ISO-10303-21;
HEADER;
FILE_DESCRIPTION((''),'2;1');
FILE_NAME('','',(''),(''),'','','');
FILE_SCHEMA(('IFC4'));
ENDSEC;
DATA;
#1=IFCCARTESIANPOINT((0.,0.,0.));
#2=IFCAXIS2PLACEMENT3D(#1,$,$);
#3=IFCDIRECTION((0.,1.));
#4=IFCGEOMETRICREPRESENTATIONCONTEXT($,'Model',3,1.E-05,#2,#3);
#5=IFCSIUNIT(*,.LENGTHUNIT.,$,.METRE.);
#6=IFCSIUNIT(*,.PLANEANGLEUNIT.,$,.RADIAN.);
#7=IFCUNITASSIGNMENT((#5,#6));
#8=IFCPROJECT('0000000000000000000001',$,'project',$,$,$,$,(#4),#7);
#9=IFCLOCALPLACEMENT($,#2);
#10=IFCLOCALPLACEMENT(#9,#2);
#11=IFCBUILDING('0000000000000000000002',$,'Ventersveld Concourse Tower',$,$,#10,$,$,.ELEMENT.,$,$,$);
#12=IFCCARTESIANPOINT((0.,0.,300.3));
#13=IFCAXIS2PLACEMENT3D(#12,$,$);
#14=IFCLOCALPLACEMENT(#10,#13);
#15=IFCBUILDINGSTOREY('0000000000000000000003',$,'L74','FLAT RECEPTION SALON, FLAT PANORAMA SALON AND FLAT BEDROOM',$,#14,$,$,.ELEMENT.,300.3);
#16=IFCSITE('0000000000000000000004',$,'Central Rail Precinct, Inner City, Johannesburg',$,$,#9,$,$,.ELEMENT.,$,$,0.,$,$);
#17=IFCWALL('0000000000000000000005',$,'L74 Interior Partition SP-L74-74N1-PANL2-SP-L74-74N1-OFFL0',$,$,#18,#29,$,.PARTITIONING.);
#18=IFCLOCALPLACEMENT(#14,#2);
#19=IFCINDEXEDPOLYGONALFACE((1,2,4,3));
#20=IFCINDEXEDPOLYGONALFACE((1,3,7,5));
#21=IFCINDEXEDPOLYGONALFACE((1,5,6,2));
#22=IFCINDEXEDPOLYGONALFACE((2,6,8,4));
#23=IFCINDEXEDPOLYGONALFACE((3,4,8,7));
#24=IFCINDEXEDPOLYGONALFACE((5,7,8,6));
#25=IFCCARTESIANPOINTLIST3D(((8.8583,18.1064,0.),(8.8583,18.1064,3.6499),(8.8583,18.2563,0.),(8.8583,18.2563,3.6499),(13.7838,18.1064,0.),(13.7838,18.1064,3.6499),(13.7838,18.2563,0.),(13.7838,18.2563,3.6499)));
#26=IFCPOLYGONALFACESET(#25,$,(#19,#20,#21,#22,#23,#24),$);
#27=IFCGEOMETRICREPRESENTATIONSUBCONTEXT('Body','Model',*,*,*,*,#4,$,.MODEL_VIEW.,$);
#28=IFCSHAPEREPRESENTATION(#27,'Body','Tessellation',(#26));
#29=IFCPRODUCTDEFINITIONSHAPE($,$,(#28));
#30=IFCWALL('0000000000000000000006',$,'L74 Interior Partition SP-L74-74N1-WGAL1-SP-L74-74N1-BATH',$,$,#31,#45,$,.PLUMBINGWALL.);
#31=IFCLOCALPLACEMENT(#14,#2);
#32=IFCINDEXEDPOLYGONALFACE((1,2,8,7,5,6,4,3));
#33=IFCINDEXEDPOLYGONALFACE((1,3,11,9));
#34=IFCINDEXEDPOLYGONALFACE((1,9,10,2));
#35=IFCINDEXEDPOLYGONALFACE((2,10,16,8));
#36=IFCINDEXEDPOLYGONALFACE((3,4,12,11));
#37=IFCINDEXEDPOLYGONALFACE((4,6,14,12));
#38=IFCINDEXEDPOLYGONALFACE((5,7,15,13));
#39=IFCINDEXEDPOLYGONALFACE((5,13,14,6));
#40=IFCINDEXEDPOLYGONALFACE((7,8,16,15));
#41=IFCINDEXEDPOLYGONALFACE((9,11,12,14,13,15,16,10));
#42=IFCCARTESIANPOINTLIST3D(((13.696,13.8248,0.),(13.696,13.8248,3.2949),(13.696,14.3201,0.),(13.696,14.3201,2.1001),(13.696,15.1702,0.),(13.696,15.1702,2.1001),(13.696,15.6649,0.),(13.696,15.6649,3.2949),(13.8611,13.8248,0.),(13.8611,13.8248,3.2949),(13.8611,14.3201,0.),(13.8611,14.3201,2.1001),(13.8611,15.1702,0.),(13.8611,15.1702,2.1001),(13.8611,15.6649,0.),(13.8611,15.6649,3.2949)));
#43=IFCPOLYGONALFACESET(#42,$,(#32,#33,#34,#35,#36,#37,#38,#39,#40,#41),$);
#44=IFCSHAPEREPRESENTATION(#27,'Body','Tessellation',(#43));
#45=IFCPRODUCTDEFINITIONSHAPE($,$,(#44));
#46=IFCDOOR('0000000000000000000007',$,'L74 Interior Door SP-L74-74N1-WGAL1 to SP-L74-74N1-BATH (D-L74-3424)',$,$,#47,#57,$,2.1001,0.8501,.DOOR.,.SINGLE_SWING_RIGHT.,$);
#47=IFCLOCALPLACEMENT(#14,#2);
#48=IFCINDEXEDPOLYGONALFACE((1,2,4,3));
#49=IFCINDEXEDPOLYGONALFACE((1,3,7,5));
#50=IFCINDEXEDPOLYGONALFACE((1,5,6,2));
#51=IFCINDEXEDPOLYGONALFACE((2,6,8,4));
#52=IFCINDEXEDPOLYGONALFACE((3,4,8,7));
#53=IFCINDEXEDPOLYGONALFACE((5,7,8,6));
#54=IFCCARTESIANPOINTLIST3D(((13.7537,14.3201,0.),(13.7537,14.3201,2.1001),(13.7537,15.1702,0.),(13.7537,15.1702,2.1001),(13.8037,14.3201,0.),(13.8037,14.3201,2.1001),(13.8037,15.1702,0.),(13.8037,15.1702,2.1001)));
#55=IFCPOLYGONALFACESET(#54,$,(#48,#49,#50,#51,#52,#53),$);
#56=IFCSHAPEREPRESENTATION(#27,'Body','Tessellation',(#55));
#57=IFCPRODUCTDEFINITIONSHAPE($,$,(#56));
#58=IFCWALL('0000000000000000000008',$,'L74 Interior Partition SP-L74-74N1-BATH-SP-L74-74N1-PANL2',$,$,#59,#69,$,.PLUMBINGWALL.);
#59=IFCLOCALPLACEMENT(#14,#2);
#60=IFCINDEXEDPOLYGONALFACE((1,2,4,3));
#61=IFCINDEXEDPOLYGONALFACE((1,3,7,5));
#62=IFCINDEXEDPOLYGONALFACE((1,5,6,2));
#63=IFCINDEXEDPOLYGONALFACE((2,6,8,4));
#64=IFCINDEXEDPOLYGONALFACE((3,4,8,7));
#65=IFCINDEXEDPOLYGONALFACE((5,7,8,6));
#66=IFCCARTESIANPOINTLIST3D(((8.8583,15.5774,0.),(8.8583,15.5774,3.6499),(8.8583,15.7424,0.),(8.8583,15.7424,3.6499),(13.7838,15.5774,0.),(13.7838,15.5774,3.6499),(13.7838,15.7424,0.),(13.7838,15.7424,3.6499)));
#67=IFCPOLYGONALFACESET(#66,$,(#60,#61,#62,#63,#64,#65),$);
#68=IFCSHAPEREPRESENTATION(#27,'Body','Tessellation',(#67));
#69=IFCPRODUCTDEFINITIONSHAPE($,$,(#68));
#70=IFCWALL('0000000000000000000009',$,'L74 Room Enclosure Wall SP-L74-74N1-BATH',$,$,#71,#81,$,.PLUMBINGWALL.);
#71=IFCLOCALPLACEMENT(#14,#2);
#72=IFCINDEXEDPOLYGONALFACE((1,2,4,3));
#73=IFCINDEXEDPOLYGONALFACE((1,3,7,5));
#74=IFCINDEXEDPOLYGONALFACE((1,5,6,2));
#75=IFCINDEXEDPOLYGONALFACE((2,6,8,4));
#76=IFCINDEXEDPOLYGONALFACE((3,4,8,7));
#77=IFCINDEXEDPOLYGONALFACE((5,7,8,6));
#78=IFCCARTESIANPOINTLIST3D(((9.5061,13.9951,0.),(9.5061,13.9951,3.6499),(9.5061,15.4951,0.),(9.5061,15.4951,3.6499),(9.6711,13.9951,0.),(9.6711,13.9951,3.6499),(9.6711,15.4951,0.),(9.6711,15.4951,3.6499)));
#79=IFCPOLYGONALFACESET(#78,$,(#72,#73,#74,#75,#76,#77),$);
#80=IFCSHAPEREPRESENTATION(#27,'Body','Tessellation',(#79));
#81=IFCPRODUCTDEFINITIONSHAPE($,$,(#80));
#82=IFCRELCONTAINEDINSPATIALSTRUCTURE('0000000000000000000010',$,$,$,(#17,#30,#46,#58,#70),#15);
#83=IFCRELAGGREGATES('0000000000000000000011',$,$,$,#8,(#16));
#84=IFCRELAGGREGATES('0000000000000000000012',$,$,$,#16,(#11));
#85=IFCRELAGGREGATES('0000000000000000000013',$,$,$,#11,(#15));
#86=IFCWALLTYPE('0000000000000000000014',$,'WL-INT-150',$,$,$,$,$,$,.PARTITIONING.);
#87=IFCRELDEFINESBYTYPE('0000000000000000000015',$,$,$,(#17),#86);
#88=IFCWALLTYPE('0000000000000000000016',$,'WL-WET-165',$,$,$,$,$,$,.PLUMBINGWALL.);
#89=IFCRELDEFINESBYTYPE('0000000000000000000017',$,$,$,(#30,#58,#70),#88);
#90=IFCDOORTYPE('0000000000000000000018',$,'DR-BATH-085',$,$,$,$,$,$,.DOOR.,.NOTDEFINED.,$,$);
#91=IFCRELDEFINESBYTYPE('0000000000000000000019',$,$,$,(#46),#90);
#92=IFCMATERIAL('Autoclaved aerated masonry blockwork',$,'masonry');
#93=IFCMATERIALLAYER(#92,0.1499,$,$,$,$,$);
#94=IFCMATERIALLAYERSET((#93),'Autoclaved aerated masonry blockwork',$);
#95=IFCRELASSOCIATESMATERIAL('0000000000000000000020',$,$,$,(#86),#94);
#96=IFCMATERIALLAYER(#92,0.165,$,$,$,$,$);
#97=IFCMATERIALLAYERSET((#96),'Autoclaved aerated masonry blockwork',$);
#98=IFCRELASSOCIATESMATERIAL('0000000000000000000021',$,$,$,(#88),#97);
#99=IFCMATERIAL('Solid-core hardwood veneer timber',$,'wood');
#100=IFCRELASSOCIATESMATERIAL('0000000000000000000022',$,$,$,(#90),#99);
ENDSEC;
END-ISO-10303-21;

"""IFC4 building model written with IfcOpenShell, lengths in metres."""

from ifc_helpers import new_model, si_unit, direction, frame, frame_2d, origin, place, context, subcontext, project, spatial, rectangle, extrude, material, layer, layer_set, type_object, element, fill, save


model = new_model("IFC4")

# Units and contexts
model_context = context("Model", 3, precision=1e-05, world=origin(), true_north=direction((0.0, 1.0)))
body_context = subcontext(model_context, "Body", "Model", "MODEL_VIEW")
ifc_project = project(units=[si_unit("LENGTHUNIT", "METRE"), si_unit("PLANEANGLEUNIT", "RADIAN")], contexts=[model_context])

# Site, building, storey
site_placement = place(None, origin())
site = spatial("IfcSite", under=ifc_project, at=site_placement, Name="Central Rail Precinct, Inner City, Johannesburg", CompositionType="ELEMENT", RefElevation=0.0)
building_placement = place(site_placement, origin())
building = spatial("IfcBuilding", under=site, at=building_placement, Name="Ventersveld Concourse Tower", CompositionType="ELEMENT")
storey_placement = place(building_placement, frame((0.0, 0.0, 300.3)))
storey = spatial("IfcBuildingStorey", under=building, at=storey_placement, Name="L74", Description="FLAT RECEPTION SALON, FLAT PANORAMA SALON AND FLAT BEDROOM", CompositionType="ELEMENT", Elevation=300.3)

# Shared definitions
ifc_material_1 = material(Name="Solid-core hardwood veneer timber", Category="wood")

# Shared definitions
ifc_material_2 = material(Name="Autoclaved aerated masonry blockwork", Category="masonry")
ifc_layer_1 = layer(ifc_material_2, 0.1499)
ifc_layer_set_1 = layer_set([ifc_layer_1], Name="Autoclaved aerated masonry blockwork")
wall_type_1 = type_object("IfcWallType", Name="WL-INT-150", PredefinedType="PARTITIONING", material=ifc_layer_set_1)

# Wall
wall_1_placement = place(storey_placement, frame((8.8582, 18.1814, 0.0), z_axis=(0.0, 0.0, 1.0), x_axis=(1.0, 0.0, 0.0)))
element("IfcWall", 1, at=wall_1_placement, inside=storey, type_object=wall_type_1, Name="L74 Interior Partition SP-L74-74N1-PANL2-SP-L74-74N1-OFFL0", PredefinedType="PARTITIONING", context=body_context, shape_type="SweptSolid", body=[
    extrude(rectangle(XDim=4.9255, YDim=0.1499, at=frame_2d((2.4629, 0.0))), origin(), (0.0, 0.0, 1.0), 3.6499),
])

# Wall, opening, door
ifc_layer_2 = layer(ifc_material_2, 0.165)
ifc_layer_set_2 = layer_set([ifc_layer_2], Name="Autoclaved aerated masonry blockwork")
wall_type_2 = type_object("IfcWallType", Name="WL-WET-165", PredefinedType="PLUMBINGWALL", material=ifc_layer_set_2)
wall_2_placement = place(storey_placement, frame((13.7786, 13.825, 0.0), z_axis=(0.0, 0.0, 1.0), x_axis=(0.0, 1.0, 0.0)))
wall_2 = element("IfcWall", 2, at=wall_2_placement, inside=storey, type_object=wall_type_2, Name="L74 Interior Partition SP-L74-74N1-WGAL1-SP-L74-74N1-BATH", PredefinedType="PLUMBINGWALL", context=body_context, shape_type="SweptSolid", body=[
    extrude(rectangle(XDim=1.8401, YDim=0.165, at=frame_2d((0.9199, 0.0))), origin(), (0.0, 0.0, 1.0), 3.2949),
])
opening_1_placement = place(wall_2_placement, frame((0.4951, 0.0, 0.0)))
opening_1 = element("IfcOpeningElement", 3, at=opening_1_placement, cuts=wall_2, PredefinedType="OPENING", context=body_context, shape_type="SweptSolid", body=[
    extrude(rectangle(XDim=0.8501, YDim=2.1001, at=frame_2d((0.425, 1.05))), frame((0.0, 0.0925, 0.0), z_axis=(0.0, -1.0, 0.0), x_axis=(1.0, 0.0, 0.0)), (0.0, 0.0, 1.0), 0.1851),
])
door_type_1 = type_object("IfcDoorType", Name="DR-BATH-085", OperationType="NOTDEFINED", PredefinedType="DOOR", material=ifc_material_1)
door_1_placement = place(opening_1_placement, origin())
door_1 = element("IfcDoor", 4, at=door_1_placement, inside=storey, type_object=door_type_1, Name="L74 Interior Door SP-L74-74N1-WGAL1 to SP-L74-74N1-BATH (D-L74-3424)", OperationType="SINGLE_SWING_RIGHT", OverallHeight=2.1001, OverallWidth=0.8501, PredefinedType="DOOR", context=body_context, shape_type="SweptSolid", body=[
    extrude(rectangle(XDim=0.8501, YDim=2.1001, at=frame_2d((0.425, 1.05))), frame((0.0, 0.0249, 0.0), z_axis=(0.0, -1.0, 0.0), x_axis=(1.0, 0.0, 0.0)), (0.0, 0.0, 1.0), 0.05),
])
fill(opening_1, door_1)

# Walls
wall_3_placement = place(storey_placement, frame((8.8582, 15.6599, 0.0), z_axis=(0.0, 0.0, 1.0), x_axis=(1.0, 0.0, 0.0)))
element("IfcWall", 5, at=wall_3_placement, inside=storey, type_object=wall_type_2, Name="L74 Interior Partition SP-L74-74N1-BATH-SP-L74-74N1-PANL2", PredefinedType="PLUMBINGWALL", context=body_context, shape_type="SweptSolid", body=[
    extrude(rectangle(XDim=4.9255, YDim=0.165, at=frame_2d((2.4629, 0.0))), origin(), (0.0, 0.0, 1.0), 3.6499),
])
wall_4_placement = place(storey_placement, frame((9.5886, 13.9951, 0.0), z_axis=(0.0, 0.0, 1.0), x_axis=(0.0, 1.0, 0.0)))
element("IfcWall", 6, at=wall_4_placement, inside=storey, type_object=wall_type_2, Name="L74 Room Enclosure Wall SP-L74-74N1-BATH", PredefinedType="PLUMBINGWALL", context=body_context, shape_type="SweptSolid", body=[
    extrude(rectangle(XDim=1.5, YDim=0.165, at=frame_2d((0.75, 0.0))), origin(), (0.0, 0.0, 1.0), 3.6499),
])

save(model, "model.ifc")
